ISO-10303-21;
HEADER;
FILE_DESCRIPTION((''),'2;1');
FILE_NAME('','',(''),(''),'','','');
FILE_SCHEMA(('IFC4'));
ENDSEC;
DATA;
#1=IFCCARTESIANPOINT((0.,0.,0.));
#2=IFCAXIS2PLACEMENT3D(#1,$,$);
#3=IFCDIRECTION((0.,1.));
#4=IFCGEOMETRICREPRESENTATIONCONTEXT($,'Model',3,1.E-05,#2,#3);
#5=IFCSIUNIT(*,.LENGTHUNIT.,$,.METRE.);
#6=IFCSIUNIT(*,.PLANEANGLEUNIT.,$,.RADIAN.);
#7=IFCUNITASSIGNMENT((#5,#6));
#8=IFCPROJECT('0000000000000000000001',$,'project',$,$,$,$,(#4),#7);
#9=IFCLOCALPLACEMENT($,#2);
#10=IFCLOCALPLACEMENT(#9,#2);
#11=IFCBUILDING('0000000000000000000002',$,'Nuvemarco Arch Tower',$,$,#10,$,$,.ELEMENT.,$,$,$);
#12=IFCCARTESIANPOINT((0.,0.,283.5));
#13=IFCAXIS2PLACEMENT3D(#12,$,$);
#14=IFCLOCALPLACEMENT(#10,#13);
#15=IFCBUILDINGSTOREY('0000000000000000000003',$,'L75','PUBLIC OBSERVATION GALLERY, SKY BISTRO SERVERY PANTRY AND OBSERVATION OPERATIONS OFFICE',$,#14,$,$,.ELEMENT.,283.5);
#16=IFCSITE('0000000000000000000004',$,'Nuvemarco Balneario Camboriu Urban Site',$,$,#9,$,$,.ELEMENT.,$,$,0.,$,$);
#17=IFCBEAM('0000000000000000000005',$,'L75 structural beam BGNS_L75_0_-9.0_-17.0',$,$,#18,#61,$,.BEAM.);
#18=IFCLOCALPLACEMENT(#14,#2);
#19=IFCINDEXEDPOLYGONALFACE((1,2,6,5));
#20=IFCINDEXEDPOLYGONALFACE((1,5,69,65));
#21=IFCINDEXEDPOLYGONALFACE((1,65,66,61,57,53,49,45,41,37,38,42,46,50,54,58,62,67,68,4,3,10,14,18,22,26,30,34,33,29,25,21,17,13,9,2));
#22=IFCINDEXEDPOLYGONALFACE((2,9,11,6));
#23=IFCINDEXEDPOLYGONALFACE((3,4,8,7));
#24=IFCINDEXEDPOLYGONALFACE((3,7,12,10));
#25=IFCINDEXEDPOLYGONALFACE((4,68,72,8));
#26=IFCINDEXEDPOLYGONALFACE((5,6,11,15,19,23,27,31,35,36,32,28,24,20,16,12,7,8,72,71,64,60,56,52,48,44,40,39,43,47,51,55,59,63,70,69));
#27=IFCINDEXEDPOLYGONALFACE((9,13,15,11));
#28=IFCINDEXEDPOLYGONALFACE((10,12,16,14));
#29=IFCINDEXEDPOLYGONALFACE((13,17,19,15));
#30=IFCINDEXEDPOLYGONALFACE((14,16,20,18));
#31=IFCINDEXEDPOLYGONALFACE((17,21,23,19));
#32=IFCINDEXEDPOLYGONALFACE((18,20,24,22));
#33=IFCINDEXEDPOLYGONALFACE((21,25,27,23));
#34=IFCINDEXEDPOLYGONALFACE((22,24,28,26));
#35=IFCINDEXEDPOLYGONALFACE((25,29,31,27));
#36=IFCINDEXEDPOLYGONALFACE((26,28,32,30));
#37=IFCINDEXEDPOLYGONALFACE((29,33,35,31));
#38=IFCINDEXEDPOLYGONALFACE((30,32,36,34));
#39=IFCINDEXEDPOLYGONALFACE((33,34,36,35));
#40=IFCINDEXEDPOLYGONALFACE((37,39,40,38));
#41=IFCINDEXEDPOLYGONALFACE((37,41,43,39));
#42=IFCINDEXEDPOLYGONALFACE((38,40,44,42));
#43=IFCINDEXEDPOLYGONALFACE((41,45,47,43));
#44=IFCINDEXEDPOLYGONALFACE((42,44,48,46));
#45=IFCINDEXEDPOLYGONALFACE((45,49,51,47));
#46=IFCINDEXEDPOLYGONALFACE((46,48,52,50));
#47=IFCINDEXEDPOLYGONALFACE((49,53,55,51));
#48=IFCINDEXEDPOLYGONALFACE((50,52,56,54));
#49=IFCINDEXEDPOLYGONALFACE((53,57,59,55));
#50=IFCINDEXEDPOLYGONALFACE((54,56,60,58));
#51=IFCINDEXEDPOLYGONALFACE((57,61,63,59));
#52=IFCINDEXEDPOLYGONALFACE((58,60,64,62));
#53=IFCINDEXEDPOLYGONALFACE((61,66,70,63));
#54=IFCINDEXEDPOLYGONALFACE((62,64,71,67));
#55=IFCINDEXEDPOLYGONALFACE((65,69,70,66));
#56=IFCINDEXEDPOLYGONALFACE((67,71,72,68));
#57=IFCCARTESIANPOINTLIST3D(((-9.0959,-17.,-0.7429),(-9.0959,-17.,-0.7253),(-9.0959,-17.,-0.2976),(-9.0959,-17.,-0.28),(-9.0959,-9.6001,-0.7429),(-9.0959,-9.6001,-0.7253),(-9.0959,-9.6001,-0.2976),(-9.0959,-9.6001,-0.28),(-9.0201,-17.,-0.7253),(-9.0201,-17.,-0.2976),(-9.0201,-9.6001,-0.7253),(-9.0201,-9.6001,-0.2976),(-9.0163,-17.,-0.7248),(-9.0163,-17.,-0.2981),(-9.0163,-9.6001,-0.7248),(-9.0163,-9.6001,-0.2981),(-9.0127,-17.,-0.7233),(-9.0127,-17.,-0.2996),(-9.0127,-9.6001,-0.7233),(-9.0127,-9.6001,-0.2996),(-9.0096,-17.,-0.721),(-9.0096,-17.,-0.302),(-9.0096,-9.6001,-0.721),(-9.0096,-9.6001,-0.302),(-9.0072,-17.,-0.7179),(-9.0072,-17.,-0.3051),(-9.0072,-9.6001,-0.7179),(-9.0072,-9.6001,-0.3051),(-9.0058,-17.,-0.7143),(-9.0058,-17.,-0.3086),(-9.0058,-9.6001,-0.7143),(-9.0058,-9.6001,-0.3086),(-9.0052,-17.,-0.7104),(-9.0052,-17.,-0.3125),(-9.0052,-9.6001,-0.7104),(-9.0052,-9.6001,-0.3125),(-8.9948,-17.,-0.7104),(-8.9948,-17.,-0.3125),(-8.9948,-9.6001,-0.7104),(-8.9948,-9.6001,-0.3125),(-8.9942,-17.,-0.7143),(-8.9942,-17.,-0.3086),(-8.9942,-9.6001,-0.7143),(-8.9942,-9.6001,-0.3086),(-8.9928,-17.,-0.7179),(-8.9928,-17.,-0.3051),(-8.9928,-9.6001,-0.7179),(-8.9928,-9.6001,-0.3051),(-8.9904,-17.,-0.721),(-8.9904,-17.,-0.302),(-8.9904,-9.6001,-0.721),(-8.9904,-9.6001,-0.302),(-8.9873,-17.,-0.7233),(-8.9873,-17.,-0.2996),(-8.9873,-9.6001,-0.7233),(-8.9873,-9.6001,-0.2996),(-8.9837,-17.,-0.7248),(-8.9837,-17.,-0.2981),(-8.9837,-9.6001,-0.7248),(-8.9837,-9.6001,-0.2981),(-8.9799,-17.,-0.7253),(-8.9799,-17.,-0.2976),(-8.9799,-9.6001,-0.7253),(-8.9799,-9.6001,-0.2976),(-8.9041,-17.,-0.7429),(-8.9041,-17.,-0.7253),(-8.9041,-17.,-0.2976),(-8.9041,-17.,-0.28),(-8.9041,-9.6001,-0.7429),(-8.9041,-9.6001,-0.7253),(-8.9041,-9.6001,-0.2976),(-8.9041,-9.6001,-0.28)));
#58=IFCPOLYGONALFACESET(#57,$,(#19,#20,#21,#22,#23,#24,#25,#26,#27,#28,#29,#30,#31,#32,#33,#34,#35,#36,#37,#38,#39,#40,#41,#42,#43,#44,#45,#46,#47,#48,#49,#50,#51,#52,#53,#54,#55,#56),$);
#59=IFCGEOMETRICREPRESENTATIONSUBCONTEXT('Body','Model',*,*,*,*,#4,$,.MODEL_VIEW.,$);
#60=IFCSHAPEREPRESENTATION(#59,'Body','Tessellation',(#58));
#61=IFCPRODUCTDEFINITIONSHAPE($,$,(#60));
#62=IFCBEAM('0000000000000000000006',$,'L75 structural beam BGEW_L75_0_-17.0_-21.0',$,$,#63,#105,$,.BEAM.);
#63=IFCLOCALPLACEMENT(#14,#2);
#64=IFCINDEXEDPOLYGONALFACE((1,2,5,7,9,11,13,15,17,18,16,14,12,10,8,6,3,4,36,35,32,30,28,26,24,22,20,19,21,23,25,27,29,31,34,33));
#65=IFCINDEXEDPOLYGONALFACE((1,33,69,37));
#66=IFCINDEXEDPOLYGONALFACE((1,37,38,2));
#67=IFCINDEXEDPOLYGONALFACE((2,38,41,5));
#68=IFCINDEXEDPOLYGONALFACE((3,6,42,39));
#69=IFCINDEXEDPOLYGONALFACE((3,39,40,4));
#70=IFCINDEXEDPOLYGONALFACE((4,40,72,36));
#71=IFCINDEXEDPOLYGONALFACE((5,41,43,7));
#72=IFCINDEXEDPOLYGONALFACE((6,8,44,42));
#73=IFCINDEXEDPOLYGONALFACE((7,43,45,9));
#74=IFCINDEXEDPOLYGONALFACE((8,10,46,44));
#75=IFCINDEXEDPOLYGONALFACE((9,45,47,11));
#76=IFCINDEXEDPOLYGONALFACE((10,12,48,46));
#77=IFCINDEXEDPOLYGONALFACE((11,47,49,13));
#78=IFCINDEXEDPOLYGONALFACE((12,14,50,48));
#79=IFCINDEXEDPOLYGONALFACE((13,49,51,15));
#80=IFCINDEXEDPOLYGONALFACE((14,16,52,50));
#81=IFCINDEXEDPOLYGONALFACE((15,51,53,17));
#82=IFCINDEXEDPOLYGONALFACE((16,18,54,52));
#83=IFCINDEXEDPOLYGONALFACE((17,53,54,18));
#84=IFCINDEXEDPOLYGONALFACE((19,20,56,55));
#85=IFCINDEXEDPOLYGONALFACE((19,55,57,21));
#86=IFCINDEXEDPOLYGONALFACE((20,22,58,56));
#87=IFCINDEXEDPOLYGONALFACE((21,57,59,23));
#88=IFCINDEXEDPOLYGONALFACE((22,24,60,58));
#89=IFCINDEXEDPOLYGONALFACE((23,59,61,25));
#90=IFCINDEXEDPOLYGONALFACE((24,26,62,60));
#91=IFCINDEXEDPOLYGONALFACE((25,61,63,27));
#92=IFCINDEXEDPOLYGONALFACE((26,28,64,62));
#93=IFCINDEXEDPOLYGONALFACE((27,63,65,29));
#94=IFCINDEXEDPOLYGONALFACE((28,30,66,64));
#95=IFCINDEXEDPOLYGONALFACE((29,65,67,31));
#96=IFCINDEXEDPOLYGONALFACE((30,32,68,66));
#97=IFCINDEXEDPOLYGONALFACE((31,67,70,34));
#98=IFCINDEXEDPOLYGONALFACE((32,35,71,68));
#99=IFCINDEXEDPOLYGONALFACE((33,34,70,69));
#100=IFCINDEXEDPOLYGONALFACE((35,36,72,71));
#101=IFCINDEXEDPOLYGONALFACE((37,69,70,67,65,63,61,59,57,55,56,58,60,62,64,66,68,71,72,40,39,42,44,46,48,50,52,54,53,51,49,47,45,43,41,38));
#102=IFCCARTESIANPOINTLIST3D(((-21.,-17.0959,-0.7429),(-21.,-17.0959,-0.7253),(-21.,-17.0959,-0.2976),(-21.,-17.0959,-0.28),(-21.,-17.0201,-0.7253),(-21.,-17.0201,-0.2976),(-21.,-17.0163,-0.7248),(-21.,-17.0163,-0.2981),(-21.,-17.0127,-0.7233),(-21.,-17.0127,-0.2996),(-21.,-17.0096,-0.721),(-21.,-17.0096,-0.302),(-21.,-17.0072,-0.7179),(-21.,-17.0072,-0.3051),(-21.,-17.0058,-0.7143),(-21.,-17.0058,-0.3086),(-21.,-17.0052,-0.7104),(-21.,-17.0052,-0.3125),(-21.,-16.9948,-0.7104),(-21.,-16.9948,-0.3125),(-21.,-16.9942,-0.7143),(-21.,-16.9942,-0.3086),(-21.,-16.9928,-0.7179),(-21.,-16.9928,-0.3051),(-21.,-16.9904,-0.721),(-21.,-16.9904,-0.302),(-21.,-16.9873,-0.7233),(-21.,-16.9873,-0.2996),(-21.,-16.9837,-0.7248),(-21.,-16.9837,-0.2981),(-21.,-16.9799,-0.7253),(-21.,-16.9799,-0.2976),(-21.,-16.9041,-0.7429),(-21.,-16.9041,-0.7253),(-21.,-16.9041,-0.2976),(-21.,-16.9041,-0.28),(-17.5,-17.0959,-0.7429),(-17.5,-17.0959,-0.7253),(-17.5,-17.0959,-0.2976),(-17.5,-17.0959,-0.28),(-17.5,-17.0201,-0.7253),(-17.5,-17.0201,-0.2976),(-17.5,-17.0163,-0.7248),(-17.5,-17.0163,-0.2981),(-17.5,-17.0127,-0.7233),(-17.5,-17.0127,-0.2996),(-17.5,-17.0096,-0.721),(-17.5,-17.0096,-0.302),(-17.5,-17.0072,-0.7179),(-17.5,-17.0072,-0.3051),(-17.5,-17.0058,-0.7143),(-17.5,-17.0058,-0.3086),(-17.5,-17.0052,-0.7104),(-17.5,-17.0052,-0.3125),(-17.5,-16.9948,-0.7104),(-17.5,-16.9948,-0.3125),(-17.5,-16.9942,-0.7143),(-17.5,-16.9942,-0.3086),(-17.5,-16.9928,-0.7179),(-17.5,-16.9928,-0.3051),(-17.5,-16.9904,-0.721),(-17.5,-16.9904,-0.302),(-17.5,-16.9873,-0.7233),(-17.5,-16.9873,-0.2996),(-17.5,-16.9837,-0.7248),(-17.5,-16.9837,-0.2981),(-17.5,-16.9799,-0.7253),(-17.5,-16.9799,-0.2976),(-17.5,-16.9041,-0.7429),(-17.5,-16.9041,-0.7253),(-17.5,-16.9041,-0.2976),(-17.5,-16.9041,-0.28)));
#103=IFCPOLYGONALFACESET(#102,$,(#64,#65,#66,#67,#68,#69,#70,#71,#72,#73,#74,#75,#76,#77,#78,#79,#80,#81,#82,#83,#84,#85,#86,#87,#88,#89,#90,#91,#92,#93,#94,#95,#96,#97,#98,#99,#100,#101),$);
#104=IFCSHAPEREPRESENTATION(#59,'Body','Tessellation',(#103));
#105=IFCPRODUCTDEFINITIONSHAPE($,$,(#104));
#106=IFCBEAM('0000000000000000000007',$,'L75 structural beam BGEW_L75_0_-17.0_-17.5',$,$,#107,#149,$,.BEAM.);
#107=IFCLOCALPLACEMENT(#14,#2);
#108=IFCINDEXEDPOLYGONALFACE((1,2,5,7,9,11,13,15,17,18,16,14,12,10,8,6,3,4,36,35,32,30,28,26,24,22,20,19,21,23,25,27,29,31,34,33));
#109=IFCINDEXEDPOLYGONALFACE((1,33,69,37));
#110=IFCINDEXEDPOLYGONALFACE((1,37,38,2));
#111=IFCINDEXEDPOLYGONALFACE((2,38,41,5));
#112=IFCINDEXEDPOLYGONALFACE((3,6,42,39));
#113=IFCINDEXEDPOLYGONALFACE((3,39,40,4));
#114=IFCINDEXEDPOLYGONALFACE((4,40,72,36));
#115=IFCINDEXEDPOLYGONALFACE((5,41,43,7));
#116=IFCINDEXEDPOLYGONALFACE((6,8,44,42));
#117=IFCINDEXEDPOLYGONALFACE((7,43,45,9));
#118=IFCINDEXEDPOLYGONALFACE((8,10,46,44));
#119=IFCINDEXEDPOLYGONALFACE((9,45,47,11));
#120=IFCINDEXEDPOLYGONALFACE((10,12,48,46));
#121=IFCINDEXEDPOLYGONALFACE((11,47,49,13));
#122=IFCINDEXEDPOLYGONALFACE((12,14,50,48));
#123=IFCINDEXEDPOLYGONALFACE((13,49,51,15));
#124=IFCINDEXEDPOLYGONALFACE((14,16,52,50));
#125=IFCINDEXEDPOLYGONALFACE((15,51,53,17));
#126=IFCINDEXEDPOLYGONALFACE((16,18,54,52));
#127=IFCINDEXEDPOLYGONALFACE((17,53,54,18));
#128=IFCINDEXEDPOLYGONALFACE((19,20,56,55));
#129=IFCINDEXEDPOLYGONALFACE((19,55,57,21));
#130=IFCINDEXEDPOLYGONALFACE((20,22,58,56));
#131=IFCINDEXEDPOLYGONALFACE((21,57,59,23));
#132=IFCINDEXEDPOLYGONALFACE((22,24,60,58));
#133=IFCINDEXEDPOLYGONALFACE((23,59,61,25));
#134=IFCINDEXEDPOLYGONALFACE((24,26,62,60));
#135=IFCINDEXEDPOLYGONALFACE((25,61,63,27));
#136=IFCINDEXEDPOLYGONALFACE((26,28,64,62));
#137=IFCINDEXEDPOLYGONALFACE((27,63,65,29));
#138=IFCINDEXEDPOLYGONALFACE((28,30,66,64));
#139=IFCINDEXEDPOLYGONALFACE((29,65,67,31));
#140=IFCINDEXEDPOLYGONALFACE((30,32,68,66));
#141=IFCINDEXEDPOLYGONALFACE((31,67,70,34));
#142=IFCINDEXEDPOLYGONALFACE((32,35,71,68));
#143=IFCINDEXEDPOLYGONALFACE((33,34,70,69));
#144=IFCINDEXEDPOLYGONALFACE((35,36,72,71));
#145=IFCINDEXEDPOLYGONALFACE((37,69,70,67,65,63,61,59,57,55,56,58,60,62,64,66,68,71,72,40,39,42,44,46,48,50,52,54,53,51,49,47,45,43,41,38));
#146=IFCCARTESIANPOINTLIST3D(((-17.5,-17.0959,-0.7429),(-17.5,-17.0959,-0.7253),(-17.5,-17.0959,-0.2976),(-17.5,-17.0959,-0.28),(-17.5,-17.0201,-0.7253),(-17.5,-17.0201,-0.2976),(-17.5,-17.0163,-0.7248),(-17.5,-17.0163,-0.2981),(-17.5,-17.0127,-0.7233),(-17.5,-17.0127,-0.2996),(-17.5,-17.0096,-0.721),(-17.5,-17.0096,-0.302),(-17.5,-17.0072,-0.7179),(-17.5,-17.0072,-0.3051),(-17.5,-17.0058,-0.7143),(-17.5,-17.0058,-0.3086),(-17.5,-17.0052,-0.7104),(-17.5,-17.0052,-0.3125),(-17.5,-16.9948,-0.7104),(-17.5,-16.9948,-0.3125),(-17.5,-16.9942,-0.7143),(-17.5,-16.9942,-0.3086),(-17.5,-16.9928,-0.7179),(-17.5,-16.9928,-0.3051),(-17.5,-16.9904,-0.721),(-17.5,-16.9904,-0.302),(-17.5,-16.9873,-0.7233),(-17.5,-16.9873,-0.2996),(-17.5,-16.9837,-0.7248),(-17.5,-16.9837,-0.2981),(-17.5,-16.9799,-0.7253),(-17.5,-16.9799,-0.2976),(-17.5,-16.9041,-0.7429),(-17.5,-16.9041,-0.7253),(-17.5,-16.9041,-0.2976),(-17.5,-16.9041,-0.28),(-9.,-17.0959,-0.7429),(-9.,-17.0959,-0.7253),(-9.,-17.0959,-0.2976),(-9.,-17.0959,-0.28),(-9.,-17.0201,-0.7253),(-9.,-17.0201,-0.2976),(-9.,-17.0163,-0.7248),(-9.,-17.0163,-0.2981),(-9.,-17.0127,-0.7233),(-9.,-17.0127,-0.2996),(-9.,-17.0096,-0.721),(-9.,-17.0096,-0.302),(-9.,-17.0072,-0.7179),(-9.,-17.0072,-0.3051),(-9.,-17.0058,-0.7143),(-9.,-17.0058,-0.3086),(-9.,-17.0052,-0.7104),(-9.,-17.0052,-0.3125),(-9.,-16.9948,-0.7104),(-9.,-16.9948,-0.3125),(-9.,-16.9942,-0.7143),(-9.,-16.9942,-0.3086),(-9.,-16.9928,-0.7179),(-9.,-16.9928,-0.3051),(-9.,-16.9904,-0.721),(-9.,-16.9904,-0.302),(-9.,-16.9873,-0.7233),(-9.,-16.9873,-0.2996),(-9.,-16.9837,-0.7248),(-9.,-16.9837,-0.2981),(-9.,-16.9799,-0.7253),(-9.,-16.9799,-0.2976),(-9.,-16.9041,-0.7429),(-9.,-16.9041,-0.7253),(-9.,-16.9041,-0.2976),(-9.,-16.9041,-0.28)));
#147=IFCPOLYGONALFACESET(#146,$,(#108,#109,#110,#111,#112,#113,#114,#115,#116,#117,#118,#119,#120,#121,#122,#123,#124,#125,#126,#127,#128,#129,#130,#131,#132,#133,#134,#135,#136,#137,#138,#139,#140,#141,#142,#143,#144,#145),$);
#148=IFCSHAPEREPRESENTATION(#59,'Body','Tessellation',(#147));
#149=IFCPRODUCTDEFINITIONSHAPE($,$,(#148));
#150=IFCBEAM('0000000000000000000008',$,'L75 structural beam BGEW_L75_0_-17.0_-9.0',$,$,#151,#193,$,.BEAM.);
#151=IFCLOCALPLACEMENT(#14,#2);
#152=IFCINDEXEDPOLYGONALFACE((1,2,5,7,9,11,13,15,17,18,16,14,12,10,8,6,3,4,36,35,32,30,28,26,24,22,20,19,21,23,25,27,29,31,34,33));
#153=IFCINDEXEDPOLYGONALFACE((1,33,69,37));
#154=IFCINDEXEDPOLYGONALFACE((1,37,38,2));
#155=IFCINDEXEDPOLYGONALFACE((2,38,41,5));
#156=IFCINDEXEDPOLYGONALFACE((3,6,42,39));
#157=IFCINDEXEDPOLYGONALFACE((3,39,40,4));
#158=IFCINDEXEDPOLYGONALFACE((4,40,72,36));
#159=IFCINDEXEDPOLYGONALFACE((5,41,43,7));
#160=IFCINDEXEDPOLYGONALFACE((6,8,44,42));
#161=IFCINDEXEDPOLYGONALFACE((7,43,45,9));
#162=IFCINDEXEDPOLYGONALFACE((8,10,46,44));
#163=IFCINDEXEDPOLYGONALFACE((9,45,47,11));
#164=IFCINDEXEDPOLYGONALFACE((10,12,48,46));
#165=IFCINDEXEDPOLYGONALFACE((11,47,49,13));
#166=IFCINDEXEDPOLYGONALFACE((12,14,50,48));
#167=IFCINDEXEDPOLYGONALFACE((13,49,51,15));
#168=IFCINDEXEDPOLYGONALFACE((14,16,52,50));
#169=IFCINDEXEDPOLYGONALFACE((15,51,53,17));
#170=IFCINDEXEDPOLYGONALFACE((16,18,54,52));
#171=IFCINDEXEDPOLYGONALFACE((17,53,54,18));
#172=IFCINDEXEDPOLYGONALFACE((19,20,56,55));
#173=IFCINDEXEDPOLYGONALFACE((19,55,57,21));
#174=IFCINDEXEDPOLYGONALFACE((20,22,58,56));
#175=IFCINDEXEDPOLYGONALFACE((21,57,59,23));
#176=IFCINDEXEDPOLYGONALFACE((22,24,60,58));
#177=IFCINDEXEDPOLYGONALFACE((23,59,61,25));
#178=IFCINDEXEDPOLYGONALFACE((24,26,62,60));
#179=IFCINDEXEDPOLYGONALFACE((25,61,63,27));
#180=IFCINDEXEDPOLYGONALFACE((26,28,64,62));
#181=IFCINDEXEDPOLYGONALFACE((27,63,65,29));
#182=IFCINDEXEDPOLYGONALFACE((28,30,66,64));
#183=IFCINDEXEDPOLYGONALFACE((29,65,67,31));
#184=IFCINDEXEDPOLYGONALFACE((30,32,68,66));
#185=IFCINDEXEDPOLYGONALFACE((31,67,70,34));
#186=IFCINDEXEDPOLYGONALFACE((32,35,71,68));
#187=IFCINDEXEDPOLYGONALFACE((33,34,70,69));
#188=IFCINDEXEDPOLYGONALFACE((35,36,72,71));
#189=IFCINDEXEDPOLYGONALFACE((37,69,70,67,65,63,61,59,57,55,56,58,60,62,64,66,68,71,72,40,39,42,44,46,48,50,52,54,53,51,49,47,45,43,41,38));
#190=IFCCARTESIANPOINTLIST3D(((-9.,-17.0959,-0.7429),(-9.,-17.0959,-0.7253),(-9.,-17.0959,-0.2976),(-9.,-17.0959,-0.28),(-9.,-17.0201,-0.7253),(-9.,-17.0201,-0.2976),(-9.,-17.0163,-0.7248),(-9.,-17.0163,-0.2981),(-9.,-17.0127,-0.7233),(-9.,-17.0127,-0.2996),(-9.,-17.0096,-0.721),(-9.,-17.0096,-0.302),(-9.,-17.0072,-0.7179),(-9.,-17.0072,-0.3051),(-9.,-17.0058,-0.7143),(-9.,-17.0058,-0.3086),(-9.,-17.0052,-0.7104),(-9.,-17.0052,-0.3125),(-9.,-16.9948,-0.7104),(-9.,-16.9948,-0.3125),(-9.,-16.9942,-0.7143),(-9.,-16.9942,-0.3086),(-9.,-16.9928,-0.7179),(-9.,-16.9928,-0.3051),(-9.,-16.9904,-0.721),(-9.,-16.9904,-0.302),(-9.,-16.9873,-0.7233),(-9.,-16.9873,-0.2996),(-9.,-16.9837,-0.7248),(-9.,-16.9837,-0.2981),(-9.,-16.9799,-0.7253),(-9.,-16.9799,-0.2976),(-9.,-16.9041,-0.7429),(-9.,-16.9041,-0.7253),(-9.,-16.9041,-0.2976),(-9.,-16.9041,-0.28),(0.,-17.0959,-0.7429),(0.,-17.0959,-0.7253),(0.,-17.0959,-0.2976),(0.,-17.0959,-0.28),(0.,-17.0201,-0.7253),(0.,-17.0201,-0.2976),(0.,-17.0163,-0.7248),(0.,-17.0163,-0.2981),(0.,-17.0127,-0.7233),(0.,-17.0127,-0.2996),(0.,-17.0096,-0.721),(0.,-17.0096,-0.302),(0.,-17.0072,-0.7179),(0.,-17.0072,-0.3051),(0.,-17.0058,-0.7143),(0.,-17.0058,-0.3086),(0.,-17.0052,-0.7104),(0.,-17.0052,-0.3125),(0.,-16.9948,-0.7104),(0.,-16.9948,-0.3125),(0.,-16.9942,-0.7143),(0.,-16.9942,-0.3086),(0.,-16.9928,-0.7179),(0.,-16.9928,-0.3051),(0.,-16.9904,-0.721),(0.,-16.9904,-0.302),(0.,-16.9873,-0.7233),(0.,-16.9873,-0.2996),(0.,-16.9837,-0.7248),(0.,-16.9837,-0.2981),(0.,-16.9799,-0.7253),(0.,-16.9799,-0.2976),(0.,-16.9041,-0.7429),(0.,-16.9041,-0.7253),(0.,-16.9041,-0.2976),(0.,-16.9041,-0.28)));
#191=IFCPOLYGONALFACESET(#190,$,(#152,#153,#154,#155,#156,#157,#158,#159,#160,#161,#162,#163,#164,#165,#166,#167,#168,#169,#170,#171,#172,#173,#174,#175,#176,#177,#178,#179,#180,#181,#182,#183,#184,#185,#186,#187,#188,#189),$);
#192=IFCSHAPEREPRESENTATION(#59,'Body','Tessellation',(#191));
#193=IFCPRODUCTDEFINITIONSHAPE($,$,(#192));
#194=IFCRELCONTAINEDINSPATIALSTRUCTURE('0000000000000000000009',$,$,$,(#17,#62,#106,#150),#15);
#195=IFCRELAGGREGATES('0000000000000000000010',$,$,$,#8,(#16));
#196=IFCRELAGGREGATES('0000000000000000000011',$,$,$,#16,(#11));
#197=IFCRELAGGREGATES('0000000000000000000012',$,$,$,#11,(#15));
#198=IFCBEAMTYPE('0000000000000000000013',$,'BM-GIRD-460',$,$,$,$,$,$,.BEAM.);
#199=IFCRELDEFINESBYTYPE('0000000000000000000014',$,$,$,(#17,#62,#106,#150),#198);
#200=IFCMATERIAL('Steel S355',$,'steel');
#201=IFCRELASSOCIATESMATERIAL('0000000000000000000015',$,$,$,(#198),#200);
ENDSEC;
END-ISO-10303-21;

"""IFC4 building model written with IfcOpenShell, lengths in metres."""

from ifc_helpers import new_model, si_unit, direction, frame, origin, origin_2d, place, context, subcontext, project, spatial, i_section, extrude, material, material_profile, profile_set, type_object, element, save


model = new_model("IFC4")

# Units and contexts
model_context = context("Model", 3, precision=1e-05, world=origin(), true_north=direction((0.0, 1.0)))
body_context = subcontext(model_context, "Body", "Model", "MODEL_VIEW")
ifc_project = project(units=[si_unit("LENGTHUNIT", "METRE"), si_unit("PLANEANGLEUNIT", "RADIAN")], contexts=[model_context])

# Site, building, storey
site_placement = place(None, origin())
site = spatial("IfcSite", under=ifc_project, at=site_placement, Name="Nuvemarco Balneario Camboriu Urban Site", CompositionType="ELEMENT", RefElevation=0.0)
building_placement = place(site_placement, origin())
building = spatial("IfcBuilding", under=site, at=building_placement, Name="Nuvemarco Arch Tower", CompositionType="ELEMENT")
storey_placement = place(building_placement, frame((0.0, 0.0, 283.5)))
storey = spatial("IfcBuildingStorey", under=building, at=storey_placement, Name="L75", Description="PUBLIC OBSERVATION GALLERY, SKY BISTRO SERVERY PANTRY AND OBSERVATION OPERATIONS OFFICE", CompositionType="ELEMENT", Elevation=283.5)

# Shared definitions
ifc_material_1 = material(Name="Steel S355", Category="steel")

# Beams
ifc_material_profile_1 = material_profile(ifc_material_1, i_section(OverallWidth=0.1919, OverallDepth=0.4629, WebThickness=0.0105, FlangeThickness=0.0176, FilletRadius=0.0149, at=origin_2d()), Name="W460x89")
ifc_profile_set_1 = profile_set([ifc_material_profile_1], Name="Steel S355")
beam_type_1 = type_object("IfcBeamType", Name="BM-GIRD-460", PredefinedType="BEAM", material=ifc_profile_set_1)
beam_1_placement = place(storey_placement, frame((-9.0, -17.0, -0.5115), z_axis=(0.0, 1.0, 0.0), x_axis=(-1.0, 0.0, 0.0)))
element("IfcBeam", 1, at=beam_1_placement, inside=storey, type_object=beam_type_1, Name="L75 structural beam BGNS_L75_0_-9.0_-17.0", PredefinedType="BEAM", context=body_context, shape_type="SweptSolid", body=[
    extrude(i_section(OverallWidth=0.1919, OverallDepth=0.4629, WebThickness=0.0105, FlangeThickness=0.0176, FilletRadius=0.0149, at=origin_2d()), origin(), (0.0, 0.0, 1.0), 7.3999),
])
beam_2_placement = place(storey_placement, frame((-21.0, -17.0, -0.5115), z_axis=(1.0, 0.0, 0.0), x_axis=(0.0, 1.0, 0.0)))
element("IfcBeam", 2, at=beam_2_placement, inside=storey, type_object=beam_type_1, Name="L75 structural beam BGEW_L75_0_-17.0_-21.0", PredefinedType="BEAM", context=body_context, shape_type="SweptSolid", body=[
    extrude(i_section(OverallWidth=0.1919, OverallDepth=0.4629, WebThickness=0.0105, FlangeThickness=0.0176, FilletRadius=0.0149, at=origin_2d()), origin(), (0.0, 0.0, 1.0), 3.5),
])
beam_3_placement = place(storey_placement, frame((-17.5, -17.0, -0.5115), z_axis=(1.0, 0.0, 0.0), x_axis=(0.0, 1.0, 0.0)))
element("IfcBeam", 3, at=beam_3_placement, inside=storey, type_object=beam_type_1, Name="L75 structural beam BGEW_L75_0_-17.0_-17.5", PredefinedType="BEAM", context=body_context, shape_type="SweptSolid", body=[
    extrude(i_section(OverallWidth=0.1919, OverallDepth=0.4629, WebThickness=0.0105, FlangeThickness=0.0176, FilletRadius=0.0149, at=origin_2d()), origin(), (0.0, 0.0, 1.0), 8.5),
])
beam_4_placement = place(storey_placement, frame((-9.0, -17.0, -0.5115), z_axis=(1.0, 0.0, 0.0), x_axis=(0.0, 1.0, 0.0)))
element("IfcBeam", 4, at=beam_4_placement, inside=storey, type_object=beam_type_1, Name="L75 structural beam BGEW_L75_0_-17.0_-9.0", PredefinedType="BEAM", context=body_context, shape_type="SweptSolid", body=[
    extrude(i_section(OverallWidth=0.1919, OverallDepth=0.4629, WebThickness=0.0105, FlangeThickness=0.0176, FilletRadius=0.0149, at=origin_2d()), origin(), (0.0, 0.0, 1.0), 9.0),
])

save(model, "model.ifc")
